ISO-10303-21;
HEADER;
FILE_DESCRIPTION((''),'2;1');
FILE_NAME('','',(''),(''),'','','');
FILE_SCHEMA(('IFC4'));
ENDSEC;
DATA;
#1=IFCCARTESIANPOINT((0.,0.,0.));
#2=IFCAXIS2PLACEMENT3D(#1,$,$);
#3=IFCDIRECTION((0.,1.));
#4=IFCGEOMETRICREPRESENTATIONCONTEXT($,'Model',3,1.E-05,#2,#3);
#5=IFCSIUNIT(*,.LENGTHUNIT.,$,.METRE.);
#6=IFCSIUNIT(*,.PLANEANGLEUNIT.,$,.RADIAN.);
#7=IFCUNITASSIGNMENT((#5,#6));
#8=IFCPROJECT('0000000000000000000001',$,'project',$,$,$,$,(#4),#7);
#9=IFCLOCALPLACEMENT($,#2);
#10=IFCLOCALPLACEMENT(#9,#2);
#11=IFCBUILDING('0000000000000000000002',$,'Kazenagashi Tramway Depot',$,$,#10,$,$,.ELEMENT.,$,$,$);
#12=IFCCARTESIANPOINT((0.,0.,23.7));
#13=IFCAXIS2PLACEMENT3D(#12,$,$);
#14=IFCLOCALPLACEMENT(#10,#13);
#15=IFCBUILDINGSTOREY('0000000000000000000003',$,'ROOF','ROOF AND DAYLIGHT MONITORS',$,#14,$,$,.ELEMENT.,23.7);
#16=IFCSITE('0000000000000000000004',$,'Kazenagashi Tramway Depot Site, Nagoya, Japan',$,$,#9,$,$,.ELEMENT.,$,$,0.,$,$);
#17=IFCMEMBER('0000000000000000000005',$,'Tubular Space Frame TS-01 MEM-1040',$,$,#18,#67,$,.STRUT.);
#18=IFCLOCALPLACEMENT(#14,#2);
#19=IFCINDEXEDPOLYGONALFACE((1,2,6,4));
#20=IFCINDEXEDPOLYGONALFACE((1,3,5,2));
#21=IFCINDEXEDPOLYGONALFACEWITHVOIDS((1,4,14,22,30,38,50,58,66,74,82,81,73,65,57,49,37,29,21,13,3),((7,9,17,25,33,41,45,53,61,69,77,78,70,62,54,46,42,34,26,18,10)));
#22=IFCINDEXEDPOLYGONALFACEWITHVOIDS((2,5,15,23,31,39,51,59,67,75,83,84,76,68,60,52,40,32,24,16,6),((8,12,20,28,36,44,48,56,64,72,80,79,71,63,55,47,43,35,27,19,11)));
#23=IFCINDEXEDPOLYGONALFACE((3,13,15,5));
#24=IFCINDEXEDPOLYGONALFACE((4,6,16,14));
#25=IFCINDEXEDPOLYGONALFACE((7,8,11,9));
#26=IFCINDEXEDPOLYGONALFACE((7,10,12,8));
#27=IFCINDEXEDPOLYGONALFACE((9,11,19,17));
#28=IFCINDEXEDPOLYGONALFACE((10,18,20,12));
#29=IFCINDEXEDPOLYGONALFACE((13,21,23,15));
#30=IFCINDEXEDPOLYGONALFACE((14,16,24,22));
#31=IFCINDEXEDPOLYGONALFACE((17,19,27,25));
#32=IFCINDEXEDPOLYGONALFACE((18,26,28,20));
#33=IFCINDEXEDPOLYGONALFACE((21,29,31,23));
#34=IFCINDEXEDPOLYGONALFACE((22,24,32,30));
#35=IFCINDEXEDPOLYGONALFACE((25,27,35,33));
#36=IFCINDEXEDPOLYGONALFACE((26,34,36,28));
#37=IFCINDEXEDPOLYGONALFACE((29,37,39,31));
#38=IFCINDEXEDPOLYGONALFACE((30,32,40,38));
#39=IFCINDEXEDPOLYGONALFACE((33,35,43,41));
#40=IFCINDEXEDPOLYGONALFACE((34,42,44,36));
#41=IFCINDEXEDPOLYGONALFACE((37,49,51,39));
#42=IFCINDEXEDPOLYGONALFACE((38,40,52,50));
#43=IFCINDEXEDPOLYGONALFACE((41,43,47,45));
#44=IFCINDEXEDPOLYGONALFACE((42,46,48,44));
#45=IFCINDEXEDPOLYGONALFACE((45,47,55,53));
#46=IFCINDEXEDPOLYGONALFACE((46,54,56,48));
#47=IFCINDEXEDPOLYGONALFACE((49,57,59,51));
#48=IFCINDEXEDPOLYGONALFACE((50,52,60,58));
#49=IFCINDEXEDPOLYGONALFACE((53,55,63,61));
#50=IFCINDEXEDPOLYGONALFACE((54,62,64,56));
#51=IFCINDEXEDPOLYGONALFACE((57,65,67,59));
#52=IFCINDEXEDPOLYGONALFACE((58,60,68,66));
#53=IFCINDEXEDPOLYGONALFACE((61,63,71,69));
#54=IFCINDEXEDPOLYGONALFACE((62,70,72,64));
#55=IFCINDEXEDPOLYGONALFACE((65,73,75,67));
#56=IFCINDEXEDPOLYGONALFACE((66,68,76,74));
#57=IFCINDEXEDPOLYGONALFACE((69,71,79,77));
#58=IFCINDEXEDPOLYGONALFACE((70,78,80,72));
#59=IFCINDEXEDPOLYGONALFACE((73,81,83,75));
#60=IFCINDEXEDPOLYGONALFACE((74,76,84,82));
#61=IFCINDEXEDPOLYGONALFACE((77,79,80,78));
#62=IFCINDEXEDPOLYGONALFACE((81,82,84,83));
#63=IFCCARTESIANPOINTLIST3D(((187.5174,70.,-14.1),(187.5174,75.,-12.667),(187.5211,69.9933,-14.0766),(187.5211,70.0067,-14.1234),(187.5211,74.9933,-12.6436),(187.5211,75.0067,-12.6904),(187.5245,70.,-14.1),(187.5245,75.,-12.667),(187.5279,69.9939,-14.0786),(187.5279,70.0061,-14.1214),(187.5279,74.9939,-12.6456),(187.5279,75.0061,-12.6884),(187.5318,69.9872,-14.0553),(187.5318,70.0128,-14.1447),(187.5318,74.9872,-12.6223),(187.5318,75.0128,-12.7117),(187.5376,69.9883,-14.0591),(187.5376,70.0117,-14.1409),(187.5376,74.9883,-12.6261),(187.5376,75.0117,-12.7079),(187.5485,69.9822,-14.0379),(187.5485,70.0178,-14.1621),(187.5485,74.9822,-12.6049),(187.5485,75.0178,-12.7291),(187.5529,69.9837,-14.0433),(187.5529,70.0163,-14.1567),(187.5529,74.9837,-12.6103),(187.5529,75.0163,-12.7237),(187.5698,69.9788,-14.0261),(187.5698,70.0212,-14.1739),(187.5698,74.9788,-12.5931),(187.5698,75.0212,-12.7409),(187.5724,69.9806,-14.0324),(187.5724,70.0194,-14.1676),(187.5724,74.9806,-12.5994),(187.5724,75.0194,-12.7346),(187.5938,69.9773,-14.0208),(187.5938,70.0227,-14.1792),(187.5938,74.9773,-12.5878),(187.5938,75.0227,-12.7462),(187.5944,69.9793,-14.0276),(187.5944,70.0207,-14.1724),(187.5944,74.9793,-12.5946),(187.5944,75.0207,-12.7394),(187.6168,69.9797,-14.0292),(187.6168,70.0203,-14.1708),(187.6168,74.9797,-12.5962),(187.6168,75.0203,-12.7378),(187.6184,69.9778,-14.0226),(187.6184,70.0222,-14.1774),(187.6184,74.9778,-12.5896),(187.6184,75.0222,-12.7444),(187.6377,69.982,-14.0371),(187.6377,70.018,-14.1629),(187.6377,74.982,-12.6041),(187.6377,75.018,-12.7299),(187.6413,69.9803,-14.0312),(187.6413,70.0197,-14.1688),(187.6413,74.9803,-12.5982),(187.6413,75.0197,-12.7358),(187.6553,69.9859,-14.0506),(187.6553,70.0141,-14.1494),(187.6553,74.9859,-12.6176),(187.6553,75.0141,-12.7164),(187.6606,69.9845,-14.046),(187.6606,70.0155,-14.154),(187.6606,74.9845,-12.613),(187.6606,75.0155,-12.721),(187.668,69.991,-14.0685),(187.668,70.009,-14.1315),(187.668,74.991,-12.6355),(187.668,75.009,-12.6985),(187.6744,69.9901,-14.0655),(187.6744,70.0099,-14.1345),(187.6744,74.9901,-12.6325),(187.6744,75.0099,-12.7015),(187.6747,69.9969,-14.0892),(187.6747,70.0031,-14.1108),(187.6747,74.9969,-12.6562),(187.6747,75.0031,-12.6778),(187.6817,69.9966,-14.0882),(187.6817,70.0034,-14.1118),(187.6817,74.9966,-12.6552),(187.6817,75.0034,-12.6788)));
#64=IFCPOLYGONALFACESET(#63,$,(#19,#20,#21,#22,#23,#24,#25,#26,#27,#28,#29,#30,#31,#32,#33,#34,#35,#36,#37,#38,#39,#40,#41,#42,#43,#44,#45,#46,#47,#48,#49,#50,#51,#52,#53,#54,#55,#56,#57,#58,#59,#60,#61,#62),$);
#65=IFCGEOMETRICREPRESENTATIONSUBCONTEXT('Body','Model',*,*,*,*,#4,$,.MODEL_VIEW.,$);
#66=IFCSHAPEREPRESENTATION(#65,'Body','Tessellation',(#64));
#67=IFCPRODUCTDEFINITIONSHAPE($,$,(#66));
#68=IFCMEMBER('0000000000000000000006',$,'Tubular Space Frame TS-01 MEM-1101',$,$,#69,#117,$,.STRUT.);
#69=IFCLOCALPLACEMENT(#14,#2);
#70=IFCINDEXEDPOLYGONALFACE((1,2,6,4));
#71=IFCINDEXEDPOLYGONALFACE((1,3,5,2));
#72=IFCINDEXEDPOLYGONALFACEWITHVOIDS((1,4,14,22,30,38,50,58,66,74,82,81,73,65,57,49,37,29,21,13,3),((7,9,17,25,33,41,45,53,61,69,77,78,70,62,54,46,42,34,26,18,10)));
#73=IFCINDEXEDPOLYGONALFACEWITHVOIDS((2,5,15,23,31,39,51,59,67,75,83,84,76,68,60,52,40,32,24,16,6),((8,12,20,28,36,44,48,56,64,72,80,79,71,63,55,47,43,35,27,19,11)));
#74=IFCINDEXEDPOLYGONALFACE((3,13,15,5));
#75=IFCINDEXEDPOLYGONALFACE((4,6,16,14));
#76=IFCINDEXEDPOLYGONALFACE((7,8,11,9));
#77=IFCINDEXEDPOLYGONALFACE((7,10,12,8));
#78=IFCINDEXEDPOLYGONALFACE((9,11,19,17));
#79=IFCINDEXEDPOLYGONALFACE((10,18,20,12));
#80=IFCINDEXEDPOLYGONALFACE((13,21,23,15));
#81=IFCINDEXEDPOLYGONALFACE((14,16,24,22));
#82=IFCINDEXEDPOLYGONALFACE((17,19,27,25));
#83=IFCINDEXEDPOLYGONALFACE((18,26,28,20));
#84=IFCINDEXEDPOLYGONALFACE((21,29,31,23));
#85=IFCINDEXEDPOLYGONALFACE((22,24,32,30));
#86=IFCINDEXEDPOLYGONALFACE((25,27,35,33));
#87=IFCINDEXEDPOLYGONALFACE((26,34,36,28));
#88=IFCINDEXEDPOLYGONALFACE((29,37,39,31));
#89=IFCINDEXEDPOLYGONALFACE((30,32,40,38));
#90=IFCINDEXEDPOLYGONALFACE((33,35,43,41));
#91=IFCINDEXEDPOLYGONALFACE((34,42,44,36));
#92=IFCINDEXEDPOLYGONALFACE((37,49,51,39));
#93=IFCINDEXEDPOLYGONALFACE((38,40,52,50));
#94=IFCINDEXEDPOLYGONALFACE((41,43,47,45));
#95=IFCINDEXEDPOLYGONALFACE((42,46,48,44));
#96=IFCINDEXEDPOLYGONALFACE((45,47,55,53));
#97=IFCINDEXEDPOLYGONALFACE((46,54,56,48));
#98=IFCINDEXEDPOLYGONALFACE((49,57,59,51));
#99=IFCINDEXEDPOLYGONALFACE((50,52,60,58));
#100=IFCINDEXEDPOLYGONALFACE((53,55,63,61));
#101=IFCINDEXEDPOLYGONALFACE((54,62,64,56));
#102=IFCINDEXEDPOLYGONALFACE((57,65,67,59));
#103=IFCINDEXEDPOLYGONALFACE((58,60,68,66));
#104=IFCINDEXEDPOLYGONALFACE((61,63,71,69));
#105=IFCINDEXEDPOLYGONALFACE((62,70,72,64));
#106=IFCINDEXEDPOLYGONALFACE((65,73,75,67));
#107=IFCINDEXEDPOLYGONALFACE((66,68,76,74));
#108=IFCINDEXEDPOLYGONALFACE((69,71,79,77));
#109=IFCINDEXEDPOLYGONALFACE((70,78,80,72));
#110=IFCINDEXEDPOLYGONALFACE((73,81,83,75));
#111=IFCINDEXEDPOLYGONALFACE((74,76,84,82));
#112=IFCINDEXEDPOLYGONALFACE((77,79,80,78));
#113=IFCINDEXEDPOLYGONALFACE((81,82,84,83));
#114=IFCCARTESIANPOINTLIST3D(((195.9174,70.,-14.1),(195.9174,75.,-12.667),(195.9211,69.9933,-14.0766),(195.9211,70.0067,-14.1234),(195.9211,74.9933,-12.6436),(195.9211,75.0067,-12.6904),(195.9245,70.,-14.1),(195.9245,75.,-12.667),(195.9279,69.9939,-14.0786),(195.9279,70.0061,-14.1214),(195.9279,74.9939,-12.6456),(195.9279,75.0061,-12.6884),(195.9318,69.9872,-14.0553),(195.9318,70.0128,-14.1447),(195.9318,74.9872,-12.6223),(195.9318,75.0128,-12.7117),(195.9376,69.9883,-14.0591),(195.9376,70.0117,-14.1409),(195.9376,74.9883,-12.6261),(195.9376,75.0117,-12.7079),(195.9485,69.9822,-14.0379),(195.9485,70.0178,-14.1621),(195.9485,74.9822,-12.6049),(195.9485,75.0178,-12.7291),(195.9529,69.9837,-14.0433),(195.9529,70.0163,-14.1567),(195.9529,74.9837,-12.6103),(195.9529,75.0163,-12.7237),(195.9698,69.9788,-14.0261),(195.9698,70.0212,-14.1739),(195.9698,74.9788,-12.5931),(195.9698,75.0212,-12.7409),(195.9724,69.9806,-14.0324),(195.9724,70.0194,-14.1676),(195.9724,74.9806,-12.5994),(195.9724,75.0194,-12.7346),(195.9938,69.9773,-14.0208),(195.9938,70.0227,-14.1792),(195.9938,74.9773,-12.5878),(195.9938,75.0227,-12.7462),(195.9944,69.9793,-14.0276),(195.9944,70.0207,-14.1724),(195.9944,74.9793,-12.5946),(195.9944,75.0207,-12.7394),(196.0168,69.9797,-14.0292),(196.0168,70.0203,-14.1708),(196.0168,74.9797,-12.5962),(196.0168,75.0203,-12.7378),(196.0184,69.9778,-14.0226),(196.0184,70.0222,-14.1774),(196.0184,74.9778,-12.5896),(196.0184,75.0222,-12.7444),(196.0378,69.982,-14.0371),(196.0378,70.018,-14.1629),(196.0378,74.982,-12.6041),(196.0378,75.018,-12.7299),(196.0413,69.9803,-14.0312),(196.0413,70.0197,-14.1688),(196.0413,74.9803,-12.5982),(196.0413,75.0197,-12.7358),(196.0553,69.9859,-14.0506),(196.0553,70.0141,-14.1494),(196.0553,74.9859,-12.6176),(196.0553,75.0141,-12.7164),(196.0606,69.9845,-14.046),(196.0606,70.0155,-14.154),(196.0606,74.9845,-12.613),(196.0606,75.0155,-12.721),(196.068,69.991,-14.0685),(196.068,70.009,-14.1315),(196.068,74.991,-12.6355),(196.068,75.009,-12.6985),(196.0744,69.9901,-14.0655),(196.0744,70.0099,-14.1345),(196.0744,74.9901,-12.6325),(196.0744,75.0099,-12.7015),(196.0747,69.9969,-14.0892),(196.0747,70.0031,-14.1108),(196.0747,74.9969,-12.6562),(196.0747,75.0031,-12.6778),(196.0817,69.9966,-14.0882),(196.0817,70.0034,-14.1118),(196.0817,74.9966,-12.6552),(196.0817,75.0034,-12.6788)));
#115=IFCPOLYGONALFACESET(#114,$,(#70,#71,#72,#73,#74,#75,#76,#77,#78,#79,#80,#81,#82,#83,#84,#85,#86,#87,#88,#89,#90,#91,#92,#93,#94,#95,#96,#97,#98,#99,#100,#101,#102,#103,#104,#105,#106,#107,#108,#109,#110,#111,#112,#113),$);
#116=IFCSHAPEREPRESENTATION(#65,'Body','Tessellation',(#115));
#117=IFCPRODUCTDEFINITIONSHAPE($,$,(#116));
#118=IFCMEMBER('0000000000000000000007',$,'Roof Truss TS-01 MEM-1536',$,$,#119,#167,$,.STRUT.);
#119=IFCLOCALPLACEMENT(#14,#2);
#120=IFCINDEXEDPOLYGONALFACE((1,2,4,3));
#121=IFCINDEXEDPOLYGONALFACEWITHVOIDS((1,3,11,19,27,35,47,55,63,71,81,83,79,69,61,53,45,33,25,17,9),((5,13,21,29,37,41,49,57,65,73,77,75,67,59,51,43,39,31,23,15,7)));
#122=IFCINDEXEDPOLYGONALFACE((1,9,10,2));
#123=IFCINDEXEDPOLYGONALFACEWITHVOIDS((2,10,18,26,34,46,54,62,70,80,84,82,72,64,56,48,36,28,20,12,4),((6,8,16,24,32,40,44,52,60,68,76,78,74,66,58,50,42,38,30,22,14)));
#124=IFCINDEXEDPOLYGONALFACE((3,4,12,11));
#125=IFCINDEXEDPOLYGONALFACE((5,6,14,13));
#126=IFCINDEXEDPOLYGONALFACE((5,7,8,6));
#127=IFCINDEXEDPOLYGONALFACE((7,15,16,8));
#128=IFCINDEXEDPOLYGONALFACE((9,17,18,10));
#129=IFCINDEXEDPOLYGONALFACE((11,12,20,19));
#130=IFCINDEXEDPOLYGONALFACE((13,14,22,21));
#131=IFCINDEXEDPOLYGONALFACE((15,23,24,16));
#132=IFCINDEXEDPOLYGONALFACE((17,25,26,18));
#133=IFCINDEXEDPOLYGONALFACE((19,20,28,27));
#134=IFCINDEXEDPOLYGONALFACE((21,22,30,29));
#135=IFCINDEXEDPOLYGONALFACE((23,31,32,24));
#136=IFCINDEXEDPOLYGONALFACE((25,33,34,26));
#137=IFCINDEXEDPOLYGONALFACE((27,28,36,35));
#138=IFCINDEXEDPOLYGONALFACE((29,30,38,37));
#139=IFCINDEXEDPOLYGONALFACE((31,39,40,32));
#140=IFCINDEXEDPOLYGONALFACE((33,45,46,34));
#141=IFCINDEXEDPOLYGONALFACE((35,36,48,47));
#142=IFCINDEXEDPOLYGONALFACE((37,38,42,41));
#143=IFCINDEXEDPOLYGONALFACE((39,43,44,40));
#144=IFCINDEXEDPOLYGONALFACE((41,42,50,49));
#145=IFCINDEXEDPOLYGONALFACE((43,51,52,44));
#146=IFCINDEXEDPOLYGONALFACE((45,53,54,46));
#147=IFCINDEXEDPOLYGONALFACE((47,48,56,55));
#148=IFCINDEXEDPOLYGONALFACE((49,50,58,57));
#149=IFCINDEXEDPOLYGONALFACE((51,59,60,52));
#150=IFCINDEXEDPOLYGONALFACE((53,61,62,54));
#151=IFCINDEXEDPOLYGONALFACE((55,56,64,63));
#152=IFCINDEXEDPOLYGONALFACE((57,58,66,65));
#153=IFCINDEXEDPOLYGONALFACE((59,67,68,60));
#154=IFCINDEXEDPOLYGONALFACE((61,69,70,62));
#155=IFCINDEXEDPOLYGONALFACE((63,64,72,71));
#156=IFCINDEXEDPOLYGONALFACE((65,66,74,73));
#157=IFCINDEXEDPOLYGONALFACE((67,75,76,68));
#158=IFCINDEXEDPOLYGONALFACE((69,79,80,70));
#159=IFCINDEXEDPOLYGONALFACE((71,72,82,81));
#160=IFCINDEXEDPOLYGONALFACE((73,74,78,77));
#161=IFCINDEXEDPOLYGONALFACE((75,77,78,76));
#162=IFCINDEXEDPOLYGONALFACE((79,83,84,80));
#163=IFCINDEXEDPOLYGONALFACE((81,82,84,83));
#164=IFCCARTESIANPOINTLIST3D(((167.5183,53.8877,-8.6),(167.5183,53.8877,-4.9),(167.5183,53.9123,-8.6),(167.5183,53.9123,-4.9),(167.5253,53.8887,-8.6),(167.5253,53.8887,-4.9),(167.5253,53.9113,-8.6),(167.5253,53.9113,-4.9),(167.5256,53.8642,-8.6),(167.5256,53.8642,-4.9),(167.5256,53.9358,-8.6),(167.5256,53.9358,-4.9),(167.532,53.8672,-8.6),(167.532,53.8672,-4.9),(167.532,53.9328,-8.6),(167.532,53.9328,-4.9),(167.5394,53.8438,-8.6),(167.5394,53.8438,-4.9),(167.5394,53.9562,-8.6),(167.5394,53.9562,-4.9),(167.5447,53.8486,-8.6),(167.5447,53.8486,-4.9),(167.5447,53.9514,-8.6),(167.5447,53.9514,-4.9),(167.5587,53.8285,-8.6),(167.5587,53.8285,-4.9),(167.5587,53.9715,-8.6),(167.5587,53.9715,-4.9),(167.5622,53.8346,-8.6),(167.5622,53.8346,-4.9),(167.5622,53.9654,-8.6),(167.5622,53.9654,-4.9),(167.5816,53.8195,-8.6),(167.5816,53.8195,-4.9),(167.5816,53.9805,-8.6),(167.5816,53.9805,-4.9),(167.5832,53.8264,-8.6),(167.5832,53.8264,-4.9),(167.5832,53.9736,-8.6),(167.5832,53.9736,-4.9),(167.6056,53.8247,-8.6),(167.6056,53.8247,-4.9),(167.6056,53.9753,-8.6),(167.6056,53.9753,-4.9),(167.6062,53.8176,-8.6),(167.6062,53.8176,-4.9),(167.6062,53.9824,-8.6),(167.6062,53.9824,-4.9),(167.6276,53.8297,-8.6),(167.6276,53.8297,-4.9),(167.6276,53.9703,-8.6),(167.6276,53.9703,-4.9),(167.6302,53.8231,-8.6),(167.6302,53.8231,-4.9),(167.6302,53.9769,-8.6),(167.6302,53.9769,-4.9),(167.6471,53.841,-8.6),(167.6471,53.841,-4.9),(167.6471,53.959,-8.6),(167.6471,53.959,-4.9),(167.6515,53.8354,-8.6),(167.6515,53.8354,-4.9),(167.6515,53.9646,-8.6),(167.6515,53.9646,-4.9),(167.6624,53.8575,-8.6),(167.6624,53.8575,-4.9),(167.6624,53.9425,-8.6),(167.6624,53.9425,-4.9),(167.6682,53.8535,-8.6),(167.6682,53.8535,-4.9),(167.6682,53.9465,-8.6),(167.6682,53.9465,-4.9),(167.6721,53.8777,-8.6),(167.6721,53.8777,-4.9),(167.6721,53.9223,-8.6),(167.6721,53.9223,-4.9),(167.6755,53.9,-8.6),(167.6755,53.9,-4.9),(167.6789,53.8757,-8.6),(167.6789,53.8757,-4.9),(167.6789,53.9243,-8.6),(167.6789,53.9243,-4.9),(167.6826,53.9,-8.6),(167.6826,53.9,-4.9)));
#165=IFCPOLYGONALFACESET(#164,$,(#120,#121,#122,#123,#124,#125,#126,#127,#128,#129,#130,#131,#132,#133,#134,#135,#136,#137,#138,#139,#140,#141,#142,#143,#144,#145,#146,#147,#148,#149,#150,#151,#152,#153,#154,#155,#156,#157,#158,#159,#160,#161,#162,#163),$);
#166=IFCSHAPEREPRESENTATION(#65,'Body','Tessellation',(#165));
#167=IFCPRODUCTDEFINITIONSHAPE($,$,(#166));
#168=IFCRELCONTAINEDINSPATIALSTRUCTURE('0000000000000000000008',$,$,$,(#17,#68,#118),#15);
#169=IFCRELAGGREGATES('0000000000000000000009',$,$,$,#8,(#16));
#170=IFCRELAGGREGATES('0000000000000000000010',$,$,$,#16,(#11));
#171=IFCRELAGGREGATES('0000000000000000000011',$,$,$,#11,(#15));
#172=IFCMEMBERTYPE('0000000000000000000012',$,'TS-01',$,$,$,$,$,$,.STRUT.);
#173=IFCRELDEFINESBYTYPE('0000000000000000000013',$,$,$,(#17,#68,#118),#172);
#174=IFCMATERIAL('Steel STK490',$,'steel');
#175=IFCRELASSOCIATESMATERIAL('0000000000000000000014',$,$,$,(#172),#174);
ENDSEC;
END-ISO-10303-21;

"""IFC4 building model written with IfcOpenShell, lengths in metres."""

from ifc_helpers import new_model, si_unit, direction, frame, origin, origin_2d, place, context, subcontext, project, spatial, hollow_circle, extrude, material, material_profile, profile_set, type_object, element, save


model = new_model("IFC4")

# Units and contexts
model_context = context("Model", 3, precision=1e-05, world=origin(), true_north=direction((0.0, 1.0)))
body_context = subcontext(model_context, "Body", "Model", "MODEL_VIEW")
ifc_project = project(units=[si_unit("LENGTHUNIT", "METRE"), si_unit("PLANEANGLEUNIT", "RADIAN")], contexts=[model_context])

# Site, building, storey
site_placement = place(None, origin())
site = spatial("IfcSite", under=ifc_project, at=site_placement, Name="Kazenagashi Tramway Depot Site, Nagoya, Japan", CompositionType="ELEMENT", RefElevation=0.0)
building_placement = place(site_placement, origin())
building = spatial("IfcBuilding", under=site, at=building_placement, Name="Kazenagashi Tramway Depot", CompositionType="ELEMENT")
storey_placement = place(building_placement, frame((0.0, 0.0, 23.7)))
storey = spatial("IfcBuildingStorey", under=building, at=storey_placement, Name="ROOF", Description="ROOF AND DAYLIGHT MONITORS", CompositionType="ELEMENT", Elevation=23.7)

# Members
ifc_material_1 = material(Name="Steel STK490", Category="steel")
ifc_material_profile_1 = material_profile(ifc_material_1, hollow_circle(Radius=0.0826, WallThickness=0.0071, at=origin_2d()), Name="CHS-165.2x7.1")
ifc_profile_set_1 = profile_set([ifc_material_profile_1], Name="Steel STK490")
member_type_1 = type_object("IfcMemberType", Name="TS-01", PredefinedType="STRUT", material=ifc_profile_set_1)
for number, where, z_axis, x_axis, name in (
    (1, (187.6, 70.0, -14.1), (0.0, 0.961299, 0.275508), (-1.0, 0.0, 0.0), "Tubular Space Frame TS-01 MEM-1040"),
    (2, (196.0, 70.0, -14.1), (0.0, 0.961299, 0.275508), (-1.0, 0.0, 0.0), "Tubular Space Frame TS-01 MEM-1101"),
):
    element("IfcMember", number, at=place(storey_placement, frame(where, z_axis=z_axis, x_axis=x_axis)), inside=storey, type_object=member_type_1, Name=name, PredefinedType="STRUT", context=body_context, shape_type="SweptSolid", body=[
        extrude(hollow_circle(Radius=0.0826, WallThickness=0.0071, at=origin_2d()), origin(), (0.0, 0.0, 1.0), 5.2013),
    ])
for number, where, z_axis, x_axis, name in (
    (3, (167.6, 53.9, -8.6), (0.0, 0.0, 1.0), (1.0, 0.0, 0.0), "Roof Truss TS-01 MEM-1536"),
):
    element("IfcMember", number, at=place(storey_placement, frame(where, z_axis=z_axis, x_axis=x_axis)), inside=storey, type_object=member_type_1, Name=name, PredefinedType="STRUT", context=body_context, shape_type="SweptSolid", body=[
        extrude(hollow_circle(Radius=0.0826, WallThickness=0.0071, at=origin_2d()), origin(), (0.0, 0.0, 1.0), 3.7),
    ])

save(model, "model.ifc")
